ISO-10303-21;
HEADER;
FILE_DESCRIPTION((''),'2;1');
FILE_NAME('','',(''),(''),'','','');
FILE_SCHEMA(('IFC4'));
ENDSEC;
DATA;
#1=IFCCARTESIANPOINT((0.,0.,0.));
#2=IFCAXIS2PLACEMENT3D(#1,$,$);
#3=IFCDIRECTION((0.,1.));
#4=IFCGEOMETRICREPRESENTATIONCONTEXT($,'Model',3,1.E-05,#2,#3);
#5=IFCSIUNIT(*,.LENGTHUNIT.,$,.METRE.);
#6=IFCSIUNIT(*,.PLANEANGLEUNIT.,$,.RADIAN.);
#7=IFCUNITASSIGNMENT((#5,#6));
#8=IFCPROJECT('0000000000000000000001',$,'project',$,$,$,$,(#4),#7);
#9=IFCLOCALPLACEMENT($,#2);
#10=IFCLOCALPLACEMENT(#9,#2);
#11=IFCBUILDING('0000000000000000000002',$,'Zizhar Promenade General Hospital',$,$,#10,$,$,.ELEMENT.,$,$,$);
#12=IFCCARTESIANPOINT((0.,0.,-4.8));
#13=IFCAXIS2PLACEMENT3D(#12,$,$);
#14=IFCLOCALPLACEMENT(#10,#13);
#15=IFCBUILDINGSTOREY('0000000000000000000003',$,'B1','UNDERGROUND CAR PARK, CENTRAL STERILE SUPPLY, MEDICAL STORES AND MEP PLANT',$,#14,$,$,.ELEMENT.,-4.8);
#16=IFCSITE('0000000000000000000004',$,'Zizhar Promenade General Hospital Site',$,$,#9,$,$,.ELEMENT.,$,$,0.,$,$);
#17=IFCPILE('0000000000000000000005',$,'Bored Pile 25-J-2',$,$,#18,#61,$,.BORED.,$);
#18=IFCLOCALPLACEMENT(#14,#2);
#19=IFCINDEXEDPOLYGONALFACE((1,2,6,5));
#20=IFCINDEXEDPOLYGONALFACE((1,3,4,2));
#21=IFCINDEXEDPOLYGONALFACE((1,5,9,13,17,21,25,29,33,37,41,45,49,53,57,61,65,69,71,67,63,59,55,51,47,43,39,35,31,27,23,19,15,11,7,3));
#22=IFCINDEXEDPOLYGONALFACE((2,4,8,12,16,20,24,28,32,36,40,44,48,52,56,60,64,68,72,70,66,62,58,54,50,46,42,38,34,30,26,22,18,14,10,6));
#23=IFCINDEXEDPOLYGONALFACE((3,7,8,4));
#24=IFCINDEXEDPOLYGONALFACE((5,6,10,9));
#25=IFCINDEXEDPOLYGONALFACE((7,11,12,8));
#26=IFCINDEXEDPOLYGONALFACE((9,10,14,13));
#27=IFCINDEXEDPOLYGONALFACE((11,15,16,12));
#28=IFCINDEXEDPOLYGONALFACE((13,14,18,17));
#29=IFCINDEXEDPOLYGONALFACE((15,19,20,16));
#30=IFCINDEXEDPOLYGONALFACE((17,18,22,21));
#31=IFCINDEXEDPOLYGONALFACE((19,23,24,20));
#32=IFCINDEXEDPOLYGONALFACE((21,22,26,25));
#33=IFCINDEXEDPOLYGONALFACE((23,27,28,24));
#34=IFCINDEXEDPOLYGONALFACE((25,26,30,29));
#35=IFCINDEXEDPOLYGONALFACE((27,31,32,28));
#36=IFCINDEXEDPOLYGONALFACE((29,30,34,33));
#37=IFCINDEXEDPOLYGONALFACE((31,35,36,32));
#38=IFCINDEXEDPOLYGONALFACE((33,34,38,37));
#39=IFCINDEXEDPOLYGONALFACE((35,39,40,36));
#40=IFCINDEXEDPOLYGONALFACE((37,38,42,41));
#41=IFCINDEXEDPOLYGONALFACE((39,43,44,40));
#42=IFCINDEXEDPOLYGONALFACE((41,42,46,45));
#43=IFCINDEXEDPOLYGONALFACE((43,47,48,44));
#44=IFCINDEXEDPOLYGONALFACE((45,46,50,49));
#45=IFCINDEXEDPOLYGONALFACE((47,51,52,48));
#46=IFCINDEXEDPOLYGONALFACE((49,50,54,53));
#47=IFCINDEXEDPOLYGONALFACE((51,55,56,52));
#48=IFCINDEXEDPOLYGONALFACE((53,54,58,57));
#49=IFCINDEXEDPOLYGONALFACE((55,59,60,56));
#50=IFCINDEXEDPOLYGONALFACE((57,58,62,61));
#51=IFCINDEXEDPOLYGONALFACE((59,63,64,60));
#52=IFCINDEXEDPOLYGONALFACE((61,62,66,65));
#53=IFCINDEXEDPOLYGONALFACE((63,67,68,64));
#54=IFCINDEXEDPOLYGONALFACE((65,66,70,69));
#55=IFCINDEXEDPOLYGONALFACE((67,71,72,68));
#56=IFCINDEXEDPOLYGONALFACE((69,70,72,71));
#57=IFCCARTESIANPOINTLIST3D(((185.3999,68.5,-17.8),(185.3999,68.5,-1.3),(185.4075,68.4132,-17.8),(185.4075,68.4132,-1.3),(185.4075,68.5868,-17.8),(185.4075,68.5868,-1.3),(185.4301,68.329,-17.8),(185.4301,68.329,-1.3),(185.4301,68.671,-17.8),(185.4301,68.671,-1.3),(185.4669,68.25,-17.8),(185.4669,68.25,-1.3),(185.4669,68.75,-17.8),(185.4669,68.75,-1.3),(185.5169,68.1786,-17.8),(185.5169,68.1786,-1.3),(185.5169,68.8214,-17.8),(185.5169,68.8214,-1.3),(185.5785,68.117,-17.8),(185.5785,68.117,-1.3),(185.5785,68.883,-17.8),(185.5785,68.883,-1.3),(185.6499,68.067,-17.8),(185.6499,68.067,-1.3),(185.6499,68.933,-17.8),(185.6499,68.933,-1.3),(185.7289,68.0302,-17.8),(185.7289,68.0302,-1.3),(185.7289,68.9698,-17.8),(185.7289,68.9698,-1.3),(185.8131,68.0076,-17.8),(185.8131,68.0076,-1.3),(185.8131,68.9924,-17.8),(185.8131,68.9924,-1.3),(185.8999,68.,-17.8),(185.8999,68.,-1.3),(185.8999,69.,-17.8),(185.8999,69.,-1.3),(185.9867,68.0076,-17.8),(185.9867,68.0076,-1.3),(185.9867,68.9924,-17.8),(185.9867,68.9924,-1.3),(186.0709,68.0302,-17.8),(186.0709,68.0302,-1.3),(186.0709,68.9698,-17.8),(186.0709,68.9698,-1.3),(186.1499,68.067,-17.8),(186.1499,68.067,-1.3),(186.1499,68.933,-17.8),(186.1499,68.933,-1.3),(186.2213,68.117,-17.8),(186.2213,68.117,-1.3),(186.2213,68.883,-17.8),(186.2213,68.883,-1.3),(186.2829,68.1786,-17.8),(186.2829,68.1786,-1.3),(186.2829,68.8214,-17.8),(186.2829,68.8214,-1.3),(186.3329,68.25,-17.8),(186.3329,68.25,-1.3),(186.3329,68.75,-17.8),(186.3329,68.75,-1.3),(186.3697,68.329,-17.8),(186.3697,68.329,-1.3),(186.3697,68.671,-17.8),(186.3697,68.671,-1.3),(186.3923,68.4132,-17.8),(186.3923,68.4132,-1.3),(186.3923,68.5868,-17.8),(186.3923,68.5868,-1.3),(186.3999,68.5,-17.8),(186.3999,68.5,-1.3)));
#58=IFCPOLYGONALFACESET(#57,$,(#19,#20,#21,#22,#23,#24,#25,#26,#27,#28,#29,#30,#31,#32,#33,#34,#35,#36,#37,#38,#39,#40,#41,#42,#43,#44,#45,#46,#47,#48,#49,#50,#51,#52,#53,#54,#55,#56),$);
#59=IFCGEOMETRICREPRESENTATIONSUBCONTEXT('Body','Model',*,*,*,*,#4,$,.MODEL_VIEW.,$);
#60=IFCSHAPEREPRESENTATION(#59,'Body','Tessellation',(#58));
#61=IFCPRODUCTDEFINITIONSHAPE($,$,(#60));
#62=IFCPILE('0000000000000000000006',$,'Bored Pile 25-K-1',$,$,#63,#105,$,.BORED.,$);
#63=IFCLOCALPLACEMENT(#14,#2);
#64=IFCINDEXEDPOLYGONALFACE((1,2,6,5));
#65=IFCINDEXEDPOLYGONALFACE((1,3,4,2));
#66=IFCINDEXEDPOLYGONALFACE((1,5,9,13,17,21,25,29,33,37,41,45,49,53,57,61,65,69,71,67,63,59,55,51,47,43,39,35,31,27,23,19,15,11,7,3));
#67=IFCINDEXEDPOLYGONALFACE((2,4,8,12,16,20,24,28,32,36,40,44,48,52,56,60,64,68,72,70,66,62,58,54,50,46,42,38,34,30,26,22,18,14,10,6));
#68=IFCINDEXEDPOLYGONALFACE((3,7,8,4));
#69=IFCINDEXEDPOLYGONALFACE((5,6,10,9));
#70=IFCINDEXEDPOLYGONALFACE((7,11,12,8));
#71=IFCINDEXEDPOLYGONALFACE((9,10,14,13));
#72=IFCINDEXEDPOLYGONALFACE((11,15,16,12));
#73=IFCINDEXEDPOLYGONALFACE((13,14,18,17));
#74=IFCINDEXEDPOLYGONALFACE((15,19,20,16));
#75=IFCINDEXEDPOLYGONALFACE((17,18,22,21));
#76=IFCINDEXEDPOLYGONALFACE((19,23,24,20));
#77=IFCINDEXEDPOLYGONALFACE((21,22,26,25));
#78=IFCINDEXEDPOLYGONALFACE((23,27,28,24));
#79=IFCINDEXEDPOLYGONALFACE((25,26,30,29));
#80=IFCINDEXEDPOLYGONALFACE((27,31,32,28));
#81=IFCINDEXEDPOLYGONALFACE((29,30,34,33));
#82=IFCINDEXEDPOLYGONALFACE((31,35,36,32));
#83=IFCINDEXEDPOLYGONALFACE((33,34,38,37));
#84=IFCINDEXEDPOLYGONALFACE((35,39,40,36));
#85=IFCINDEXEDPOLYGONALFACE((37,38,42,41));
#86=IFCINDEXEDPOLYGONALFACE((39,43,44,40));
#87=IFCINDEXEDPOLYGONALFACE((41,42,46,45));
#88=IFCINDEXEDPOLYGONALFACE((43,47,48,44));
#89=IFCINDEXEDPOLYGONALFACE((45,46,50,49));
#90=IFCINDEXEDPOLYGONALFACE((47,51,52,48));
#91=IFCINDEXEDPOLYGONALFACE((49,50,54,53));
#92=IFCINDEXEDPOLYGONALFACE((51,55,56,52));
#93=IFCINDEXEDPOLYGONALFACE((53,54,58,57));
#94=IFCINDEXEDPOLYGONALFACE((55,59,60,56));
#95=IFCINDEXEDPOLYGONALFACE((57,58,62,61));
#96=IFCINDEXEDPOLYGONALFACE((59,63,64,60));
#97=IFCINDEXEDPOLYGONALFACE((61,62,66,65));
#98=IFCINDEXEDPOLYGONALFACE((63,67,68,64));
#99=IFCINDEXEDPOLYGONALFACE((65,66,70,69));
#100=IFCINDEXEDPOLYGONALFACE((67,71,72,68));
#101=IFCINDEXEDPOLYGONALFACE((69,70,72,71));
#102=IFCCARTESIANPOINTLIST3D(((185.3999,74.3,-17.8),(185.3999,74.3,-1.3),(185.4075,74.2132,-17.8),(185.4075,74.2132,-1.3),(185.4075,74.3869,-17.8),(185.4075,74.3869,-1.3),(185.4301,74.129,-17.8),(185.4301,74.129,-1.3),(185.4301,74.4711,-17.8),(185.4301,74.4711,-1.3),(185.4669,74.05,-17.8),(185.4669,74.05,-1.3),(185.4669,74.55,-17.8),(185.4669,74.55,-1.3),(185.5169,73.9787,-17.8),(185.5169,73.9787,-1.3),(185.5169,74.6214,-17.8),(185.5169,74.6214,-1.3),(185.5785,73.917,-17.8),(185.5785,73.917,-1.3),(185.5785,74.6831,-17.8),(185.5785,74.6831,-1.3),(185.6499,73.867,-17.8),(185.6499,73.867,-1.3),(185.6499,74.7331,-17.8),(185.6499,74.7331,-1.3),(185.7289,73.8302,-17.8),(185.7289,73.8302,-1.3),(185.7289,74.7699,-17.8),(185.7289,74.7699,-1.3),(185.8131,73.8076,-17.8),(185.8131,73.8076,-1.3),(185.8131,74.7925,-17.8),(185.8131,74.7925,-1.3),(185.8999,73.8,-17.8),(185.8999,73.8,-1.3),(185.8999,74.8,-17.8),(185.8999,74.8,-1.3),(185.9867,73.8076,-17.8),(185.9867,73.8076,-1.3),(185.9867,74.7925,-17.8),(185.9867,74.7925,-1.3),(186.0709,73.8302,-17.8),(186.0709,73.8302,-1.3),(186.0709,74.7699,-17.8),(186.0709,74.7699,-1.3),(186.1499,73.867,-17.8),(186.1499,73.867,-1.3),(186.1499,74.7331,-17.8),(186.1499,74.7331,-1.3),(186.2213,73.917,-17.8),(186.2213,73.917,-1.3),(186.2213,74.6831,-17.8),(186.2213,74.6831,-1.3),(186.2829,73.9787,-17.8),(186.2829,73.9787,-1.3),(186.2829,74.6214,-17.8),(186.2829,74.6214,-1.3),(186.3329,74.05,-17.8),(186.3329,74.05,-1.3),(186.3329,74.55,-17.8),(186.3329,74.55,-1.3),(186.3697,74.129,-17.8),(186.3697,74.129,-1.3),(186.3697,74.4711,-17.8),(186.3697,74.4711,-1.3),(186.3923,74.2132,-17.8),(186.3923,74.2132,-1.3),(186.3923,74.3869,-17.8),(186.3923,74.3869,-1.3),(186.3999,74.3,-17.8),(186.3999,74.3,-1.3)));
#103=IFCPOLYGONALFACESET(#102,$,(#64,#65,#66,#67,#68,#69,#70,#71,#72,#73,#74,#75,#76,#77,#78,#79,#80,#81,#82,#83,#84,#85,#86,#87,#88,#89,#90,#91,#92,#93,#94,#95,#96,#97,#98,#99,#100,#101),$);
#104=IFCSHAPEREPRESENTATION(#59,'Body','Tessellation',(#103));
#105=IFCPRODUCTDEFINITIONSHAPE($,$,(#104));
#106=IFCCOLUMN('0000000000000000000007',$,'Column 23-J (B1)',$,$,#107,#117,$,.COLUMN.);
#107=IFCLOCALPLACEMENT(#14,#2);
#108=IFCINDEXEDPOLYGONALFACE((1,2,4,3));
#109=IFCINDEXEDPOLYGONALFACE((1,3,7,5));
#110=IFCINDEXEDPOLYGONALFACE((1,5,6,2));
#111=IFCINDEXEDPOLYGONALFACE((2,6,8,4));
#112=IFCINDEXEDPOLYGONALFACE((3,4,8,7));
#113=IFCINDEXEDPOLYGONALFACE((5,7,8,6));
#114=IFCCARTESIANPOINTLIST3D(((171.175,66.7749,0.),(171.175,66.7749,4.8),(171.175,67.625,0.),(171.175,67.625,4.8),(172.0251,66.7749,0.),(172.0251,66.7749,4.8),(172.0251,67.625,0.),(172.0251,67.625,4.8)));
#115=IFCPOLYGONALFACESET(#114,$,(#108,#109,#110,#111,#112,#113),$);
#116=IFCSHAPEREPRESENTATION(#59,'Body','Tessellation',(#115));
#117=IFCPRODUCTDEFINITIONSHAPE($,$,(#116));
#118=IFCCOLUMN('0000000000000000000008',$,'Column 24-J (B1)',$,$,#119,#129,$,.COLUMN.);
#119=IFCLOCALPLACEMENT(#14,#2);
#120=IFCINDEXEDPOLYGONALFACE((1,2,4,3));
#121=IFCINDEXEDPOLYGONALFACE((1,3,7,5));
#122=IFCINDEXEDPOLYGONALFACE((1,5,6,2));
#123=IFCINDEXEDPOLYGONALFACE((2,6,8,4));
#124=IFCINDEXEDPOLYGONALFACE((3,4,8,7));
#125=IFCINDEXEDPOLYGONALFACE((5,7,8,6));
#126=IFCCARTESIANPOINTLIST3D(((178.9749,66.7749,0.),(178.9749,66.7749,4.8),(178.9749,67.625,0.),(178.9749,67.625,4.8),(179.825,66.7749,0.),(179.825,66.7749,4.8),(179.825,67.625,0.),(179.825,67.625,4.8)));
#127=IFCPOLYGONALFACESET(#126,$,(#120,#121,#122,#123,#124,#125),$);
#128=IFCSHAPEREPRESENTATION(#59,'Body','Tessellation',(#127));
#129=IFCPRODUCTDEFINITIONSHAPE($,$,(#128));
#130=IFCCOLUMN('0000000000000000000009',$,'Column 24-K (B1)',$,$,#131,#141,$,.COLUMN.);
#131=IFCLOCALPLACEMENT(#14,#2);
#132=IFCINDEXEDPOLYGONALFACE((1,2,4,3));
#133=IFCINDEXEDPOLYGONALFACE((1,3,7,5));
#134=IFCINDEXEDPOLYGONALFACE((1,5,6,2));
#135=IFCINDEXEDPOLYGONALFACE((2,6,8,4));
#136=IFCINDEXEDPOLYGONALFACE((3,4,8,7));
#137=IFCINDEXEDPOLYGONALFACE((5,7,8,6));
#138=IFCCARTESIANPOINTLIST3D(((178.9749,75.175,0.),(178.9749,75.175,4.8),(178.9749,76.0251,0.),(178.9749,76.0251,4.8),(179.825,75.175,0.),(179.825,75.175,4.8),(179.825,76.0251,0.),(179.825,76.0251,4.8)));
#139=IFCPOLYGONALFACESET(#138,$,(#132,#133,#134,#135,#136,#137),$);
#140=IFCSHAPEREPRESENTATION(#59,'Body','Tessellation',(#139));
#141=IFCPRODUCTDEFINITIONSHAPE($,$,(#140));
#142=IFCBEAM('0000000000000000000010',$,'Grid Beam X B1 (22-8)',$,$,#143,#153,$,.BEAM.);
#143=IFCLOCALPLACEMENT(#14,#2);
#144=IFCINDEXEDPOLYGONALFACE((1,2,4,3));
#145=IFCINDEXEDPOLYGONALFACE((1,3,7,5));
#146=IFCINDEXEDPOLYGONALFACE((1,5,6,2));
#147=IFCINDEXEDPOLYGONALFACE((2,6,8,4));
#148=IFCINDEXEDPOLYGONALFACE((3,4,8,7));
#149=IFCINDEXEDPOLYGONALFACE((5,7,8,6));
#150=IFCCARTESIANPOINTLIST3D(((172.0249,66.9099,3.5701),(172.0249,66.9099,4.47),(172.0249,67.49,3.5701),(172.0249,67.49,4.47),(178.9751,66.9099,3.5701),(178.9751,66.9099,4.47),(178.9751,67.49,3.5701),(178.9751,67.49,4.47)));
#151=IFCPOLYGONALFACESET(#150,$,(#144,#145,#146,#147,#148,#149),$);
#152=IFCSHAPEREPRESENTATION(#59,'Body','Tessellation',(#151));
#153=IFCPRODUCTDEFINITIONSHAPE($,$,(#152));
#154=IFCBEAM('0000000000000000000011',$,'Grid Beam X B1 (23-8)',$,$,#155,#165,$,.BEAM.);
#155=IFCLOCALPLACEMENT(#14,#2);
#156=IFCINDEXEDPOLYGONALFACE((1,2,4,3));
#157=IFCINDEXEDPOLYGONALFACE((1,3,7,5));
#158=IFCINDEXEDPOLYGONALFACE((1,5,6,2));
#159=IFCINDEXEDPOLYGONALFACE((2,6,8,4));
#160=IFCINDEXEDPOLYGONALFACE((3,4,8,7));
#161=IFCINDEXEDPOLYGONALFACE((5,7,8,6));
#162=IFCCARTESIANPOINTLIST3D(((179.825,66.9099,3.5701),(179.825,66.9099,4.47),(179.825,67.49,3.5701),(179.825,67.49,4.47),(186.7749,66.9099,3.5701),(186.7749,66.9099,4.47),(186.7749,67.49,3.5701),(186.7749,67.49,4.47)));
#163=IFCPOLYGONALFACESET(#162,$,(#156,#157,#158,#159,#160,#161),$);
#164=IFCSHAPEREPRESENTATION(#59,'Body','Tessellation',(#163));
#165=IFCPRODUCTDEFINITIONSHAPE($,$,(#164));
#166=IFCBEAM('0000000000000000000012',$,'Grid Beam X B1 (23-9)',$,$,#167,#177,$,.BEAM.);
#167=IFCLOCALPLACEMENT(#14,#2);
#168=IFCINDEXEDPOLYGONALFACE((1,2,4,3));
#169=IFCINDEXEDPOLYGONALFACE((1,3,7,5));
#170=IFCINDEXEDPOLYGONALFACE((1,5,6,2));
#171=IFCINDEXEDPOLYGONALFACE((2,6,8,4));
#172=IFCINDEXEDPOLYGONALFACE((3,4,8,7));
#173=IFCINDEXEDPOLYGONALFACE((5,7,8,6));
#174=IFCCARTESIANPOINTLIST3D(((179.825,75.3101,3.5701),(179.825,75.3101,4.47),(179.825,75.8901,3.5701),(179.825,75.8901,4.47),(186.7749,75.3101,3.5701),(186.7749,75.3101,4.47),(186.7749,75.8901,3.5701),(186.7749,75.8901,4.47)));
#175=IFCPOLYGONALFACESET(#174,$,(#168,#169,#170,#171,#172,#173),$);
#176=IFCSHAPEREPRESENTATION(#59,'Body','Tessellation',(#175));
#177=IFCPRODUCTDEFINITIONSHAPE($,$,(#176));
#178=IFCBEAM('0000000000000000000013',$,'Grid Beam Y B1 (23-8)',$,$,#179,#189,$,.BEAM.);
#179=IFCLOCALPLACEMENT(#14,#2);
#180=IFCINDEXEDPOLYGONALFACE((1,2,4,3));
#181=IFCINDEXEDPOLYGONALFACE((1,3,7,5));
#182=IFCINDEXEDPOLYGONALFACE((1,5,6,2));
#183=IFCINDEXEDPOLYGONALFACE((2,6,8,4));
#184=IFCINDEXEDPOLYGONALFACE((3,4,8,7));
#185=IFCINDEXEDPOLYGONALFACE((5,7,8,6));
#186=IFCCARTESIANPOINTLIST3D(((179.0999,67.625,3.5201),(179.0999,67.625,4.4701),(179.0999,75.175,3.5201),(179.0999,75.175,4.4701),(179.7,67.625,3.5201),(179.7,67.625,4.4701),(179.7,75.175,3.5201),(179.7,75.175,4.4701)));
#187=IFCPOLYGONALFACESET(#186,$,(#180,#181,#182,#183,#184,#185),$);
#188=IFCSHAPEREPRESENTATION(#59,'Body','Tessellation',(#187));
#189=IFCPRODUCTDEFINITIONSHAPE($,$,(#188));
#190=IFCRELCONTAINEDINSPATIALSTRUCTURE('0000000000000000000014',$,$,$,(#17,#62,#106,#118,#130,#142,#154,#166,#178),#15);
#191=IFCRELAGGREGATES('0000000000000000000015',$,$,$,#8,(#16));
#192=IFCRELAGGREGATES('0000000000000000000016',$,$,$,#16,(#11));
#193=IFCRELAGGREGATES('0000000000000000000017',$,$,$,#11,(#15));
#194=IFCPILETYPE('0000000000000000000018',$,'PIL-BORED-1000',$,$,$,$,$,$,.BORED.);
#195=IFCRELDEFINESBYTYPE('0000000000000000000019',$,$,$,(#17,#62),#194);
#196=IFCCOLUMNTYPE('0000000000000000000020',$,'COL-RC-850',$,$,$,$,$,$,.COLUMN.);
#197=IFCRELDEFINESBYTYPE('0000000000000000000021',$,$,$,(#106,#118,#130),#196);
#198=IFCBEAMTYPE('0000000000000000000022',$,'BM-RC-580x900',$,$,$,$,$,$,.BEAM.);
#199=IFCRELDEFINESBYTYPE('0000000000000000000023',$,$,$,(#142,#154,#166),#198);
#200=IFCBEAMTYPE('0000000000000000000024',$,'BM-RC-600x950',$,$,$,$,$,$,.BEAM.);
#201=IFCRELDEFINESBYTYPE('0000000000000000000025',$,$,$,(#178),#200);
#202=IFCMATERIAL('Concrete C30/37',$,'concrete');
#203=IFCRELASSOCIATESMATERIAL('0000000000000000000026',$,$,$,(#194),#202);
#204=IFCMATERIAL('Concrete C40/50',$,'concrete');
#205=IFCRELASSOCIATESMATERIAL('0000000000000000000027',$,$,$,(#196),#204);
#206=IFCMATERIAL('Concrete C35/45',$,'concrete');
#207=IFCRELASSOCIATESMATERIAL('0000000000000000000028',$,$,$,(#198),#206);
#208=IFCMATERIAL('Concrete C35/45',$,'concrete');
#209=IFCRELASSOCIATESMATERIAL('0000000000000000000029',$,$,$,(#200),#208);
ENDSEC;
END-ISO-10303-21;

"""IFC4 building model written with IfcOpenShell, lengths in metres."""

from ifc_helpers import new_model, si_unit, direction, frame, origin, origin_2d, place, context, subcontext, project, spatial, rectangle, circle, extrude, material, material_profile, profile_set, type_object, element, save


model = new_model("IFC4")

# Units and contexts
model_context = context("Model", 3, precision=1e-05, world=origin(), true_north=direction((0.0, 1.0)))
body_context = subcontext(model_context, "Body", "Model", "MODEL_VIEW")
ifc_project = project(units=[si_unit("LENGTHUNIT", "METRE"), si_unit("PLANEANGLEUNIT", "RADIAN")], contexts=[model_context])

# Site, building, storey
site_placement = place(None, origin())
site = spatial("IfcSite", under=ifc_project, at=site_placement, Name="Zizhar Promenade General Hospital Site", CompositionType="ELEMENT", RefElevation=0.0)
building_placement = place(site_placement, origin())
building = spatial("IfcBuilding", under=site, at=building_placement, Name="Zizhar Promenade General Hospital", CompositionType="ELEMENT")
storey_placement = place(building_placement, frame((0.0, 0.0, -4.8)))
storey = spatial("IfcBuildingStorey", under=building, at=storey_placement, Name="B1", Description="UNDERGROUND CAR PARK, CENTRAL STERILE SUPPLY, MEDICAL STORES AND MEP PLANT", CompositionType="ELEMENT", Elevation=-4.8)

# Piles
ifc_material_1 = material(Name="Concrete C30/37", Category="concrete")
ifc_material_profile_1 = material_profile(ifc_material_1, circle(Radius=0.5, at=origin_2d()))
ifc_profile_set_1 = profile_set([ifc_material_profile_1], Name="Concrete C30/37")
pile_type = type_object("IfcPileType", Name="PIL-BORED-1000", PredefinedType="BORED", material=ifc_profile_set_1)
for number, where, z_axis, x_axis, name in (
    (1, (185.8999, 68.5, -1.3), (0.0, 0.0, -1.0), (1.0, 0.0, 0.0), "Bored Pile 25-J-2"),
    (2, (185.8999, 74.3, -1.3), (0.0, 0.0, -1.0), (1.0, 0.0, 0.0), "Bored Pile 25-K-1"),
):
    element("IfcPile", number, at=place(storey_placement, frame(where, z_axis=z_axis, x_axis=x_axis)), inside=storey, type_object=pile_type, Name=name, PredefinedType="BORED", context=body_context, shape_type="SweptSolid", body=[
        extrude(circle(Radius=0.5, at=origin_2d()), origin(), (0.0, 0.0, 1.0), 16.5),
    ])

# Columns
ifc_material_2 = material(Name="Concrete C40/50", Category="concrete")
ifc_material_profile_2 = material_profile(ifc_material_2, rectangle(XDim=0.8501, YDim=0.8501, at=origin_2d()))
ifc_profile_set_2 = profile_set([ifc_material_profile_2], Name="Concrete C40/50")
column_type = type_object("IfcColumnType", Name="COL-RC-850", PredefinedType="COLUMN", material=ifc_profile_set_2)
for number, where, z_axis, x_axis, name in (
    (3, (171.6001, 67.2, 0.0), (0.0, 0.0, 1.0), (1.0, 0.0, 0.0), "Column 23-J (B1)"),
    (4, (179.3999, 67.2, 0.0), (0.0, 0.0, 1.0), (1.0, 0.0, 0.0), "Column 24-J (B1)"),
    (5, (179.3999, 75.6001, 0.0), (0.0, 0.0, 1.0), (1.0, 0.0, 0.0), "Column 24-K (B1)"),
):
    element("IfcColumn", number, at=place(storey_placement, frame(where, z_axis=z_axis, x_axis=x_axis)), inside=storey, type_object=column_type, Name=name, PredefinedType="COLUMN", context=body_context, shape_type="SweptSolid", body=[
        extrude(rectangle(XDim=0.8501, YDim=0.8501, at=origin_2d()), origin(), (0.0, 0.0, 1.0), 4.8),
    ])

# Beams
ifc_material_3 = material(Name="Concrete C35/45", Category="concrete")
ifc_material_profile_3 = material_profile(ifc_material_3, rectangle(XDim=0.5801, YDim=0.8999, at=origin_2d()))
ifc_profile_set_3 = profile_set([ifc_material_profile_3], Name="Concrete C35/45")
beam_type_1 = type_object("IfcBeamType", Name="BM-RC-580x900", PredefinedType="BEAM", material=ifc_profile_set_3)
beam_1_placement = place(storey_placement, frame((172.0249, 67.2, 4.02), z_axis=(1.0, 0.0, 0.0), x_axis=(0.0, 1.0, 0.0)))
element("IfcBeam", 6, at=beam_1_placement, inside=storey, type_object=beam_type_1, Name="Grid Beam X B1 (22-8)", PredefinedType="BEAM", context=body_context, shape_type="SweptSolid", body=[
    extrude(rectangle(XDim=0.5801, YDim=0.8999, at=origin_2d()), origin(), (0.0, 0.0, 1.0), 6.9502),
])
for number, where, z_axis, x_axis, name in (
    (7, (179.825, 67.2, 4.02), (1.0, 0.0, 0.0), (0.0, 1.0, 0.0), "Grid Beam X B1 (23-8)"),
    (8, (179.825, 75.6001, 4.02), (1.0, 0.0, 0.0), (0.0, 1.0, 0.0), "Grid Beam X B1 (23-9)"),
):
    element("IfcBeam", number, at=place(storey_placement, frame(where, z_axis=z_axis, x_axis=x_axis)), inside=storey, type_object=beam_type_1, Name=name, PredefinedType="BEAM", context=body_context, shape_type="SweptSolid", body=[
        extrude(rectangle(XDim=0.5801, YDim=0.8999, at=origin_2d()), origin(), (0.0, 0.0, 1.0), 6.95),
    ])
ifc_material_4 = material(Name="Concrete C35/45", Category="concrete")
ifc_material_profile_4 = material_profile(ifc_material_4, rectangle(XDim=0.6001, YDim=0.95, at=origin_2d()))
ifc_profile_set_4 = profile_set([ifc_material_profile_4], Name="Concrete C35/45")
beam_type_2 = type_object("IfcBeamType", Name="BM-RC-600x950", PredefinedType="BEAM", material=ifc_profile_set_4)
beam_2_placement = place(storey_placement, frame((179.3999, 67.625, 3.9951), z_axis=(0.0, 1.0, 0.0), x_axis=(-1.0, 0.0, 0.0)))
element("IfcBeam", 9, at=beam_2_placement, inside=storey, type_object=beam_type_2, Name="Grid Beam Y B1 (23-8)", PredefinedType="BEAM", context=body_context, shape_type="SweptSolid", body=[
    extrude(rectangle(XDim=0.6001, YDim=0.95, at=origin_2d()), origin(), (0.0, 0.0, 1.0), 7.55),
])

save(model, "model.ifc")
